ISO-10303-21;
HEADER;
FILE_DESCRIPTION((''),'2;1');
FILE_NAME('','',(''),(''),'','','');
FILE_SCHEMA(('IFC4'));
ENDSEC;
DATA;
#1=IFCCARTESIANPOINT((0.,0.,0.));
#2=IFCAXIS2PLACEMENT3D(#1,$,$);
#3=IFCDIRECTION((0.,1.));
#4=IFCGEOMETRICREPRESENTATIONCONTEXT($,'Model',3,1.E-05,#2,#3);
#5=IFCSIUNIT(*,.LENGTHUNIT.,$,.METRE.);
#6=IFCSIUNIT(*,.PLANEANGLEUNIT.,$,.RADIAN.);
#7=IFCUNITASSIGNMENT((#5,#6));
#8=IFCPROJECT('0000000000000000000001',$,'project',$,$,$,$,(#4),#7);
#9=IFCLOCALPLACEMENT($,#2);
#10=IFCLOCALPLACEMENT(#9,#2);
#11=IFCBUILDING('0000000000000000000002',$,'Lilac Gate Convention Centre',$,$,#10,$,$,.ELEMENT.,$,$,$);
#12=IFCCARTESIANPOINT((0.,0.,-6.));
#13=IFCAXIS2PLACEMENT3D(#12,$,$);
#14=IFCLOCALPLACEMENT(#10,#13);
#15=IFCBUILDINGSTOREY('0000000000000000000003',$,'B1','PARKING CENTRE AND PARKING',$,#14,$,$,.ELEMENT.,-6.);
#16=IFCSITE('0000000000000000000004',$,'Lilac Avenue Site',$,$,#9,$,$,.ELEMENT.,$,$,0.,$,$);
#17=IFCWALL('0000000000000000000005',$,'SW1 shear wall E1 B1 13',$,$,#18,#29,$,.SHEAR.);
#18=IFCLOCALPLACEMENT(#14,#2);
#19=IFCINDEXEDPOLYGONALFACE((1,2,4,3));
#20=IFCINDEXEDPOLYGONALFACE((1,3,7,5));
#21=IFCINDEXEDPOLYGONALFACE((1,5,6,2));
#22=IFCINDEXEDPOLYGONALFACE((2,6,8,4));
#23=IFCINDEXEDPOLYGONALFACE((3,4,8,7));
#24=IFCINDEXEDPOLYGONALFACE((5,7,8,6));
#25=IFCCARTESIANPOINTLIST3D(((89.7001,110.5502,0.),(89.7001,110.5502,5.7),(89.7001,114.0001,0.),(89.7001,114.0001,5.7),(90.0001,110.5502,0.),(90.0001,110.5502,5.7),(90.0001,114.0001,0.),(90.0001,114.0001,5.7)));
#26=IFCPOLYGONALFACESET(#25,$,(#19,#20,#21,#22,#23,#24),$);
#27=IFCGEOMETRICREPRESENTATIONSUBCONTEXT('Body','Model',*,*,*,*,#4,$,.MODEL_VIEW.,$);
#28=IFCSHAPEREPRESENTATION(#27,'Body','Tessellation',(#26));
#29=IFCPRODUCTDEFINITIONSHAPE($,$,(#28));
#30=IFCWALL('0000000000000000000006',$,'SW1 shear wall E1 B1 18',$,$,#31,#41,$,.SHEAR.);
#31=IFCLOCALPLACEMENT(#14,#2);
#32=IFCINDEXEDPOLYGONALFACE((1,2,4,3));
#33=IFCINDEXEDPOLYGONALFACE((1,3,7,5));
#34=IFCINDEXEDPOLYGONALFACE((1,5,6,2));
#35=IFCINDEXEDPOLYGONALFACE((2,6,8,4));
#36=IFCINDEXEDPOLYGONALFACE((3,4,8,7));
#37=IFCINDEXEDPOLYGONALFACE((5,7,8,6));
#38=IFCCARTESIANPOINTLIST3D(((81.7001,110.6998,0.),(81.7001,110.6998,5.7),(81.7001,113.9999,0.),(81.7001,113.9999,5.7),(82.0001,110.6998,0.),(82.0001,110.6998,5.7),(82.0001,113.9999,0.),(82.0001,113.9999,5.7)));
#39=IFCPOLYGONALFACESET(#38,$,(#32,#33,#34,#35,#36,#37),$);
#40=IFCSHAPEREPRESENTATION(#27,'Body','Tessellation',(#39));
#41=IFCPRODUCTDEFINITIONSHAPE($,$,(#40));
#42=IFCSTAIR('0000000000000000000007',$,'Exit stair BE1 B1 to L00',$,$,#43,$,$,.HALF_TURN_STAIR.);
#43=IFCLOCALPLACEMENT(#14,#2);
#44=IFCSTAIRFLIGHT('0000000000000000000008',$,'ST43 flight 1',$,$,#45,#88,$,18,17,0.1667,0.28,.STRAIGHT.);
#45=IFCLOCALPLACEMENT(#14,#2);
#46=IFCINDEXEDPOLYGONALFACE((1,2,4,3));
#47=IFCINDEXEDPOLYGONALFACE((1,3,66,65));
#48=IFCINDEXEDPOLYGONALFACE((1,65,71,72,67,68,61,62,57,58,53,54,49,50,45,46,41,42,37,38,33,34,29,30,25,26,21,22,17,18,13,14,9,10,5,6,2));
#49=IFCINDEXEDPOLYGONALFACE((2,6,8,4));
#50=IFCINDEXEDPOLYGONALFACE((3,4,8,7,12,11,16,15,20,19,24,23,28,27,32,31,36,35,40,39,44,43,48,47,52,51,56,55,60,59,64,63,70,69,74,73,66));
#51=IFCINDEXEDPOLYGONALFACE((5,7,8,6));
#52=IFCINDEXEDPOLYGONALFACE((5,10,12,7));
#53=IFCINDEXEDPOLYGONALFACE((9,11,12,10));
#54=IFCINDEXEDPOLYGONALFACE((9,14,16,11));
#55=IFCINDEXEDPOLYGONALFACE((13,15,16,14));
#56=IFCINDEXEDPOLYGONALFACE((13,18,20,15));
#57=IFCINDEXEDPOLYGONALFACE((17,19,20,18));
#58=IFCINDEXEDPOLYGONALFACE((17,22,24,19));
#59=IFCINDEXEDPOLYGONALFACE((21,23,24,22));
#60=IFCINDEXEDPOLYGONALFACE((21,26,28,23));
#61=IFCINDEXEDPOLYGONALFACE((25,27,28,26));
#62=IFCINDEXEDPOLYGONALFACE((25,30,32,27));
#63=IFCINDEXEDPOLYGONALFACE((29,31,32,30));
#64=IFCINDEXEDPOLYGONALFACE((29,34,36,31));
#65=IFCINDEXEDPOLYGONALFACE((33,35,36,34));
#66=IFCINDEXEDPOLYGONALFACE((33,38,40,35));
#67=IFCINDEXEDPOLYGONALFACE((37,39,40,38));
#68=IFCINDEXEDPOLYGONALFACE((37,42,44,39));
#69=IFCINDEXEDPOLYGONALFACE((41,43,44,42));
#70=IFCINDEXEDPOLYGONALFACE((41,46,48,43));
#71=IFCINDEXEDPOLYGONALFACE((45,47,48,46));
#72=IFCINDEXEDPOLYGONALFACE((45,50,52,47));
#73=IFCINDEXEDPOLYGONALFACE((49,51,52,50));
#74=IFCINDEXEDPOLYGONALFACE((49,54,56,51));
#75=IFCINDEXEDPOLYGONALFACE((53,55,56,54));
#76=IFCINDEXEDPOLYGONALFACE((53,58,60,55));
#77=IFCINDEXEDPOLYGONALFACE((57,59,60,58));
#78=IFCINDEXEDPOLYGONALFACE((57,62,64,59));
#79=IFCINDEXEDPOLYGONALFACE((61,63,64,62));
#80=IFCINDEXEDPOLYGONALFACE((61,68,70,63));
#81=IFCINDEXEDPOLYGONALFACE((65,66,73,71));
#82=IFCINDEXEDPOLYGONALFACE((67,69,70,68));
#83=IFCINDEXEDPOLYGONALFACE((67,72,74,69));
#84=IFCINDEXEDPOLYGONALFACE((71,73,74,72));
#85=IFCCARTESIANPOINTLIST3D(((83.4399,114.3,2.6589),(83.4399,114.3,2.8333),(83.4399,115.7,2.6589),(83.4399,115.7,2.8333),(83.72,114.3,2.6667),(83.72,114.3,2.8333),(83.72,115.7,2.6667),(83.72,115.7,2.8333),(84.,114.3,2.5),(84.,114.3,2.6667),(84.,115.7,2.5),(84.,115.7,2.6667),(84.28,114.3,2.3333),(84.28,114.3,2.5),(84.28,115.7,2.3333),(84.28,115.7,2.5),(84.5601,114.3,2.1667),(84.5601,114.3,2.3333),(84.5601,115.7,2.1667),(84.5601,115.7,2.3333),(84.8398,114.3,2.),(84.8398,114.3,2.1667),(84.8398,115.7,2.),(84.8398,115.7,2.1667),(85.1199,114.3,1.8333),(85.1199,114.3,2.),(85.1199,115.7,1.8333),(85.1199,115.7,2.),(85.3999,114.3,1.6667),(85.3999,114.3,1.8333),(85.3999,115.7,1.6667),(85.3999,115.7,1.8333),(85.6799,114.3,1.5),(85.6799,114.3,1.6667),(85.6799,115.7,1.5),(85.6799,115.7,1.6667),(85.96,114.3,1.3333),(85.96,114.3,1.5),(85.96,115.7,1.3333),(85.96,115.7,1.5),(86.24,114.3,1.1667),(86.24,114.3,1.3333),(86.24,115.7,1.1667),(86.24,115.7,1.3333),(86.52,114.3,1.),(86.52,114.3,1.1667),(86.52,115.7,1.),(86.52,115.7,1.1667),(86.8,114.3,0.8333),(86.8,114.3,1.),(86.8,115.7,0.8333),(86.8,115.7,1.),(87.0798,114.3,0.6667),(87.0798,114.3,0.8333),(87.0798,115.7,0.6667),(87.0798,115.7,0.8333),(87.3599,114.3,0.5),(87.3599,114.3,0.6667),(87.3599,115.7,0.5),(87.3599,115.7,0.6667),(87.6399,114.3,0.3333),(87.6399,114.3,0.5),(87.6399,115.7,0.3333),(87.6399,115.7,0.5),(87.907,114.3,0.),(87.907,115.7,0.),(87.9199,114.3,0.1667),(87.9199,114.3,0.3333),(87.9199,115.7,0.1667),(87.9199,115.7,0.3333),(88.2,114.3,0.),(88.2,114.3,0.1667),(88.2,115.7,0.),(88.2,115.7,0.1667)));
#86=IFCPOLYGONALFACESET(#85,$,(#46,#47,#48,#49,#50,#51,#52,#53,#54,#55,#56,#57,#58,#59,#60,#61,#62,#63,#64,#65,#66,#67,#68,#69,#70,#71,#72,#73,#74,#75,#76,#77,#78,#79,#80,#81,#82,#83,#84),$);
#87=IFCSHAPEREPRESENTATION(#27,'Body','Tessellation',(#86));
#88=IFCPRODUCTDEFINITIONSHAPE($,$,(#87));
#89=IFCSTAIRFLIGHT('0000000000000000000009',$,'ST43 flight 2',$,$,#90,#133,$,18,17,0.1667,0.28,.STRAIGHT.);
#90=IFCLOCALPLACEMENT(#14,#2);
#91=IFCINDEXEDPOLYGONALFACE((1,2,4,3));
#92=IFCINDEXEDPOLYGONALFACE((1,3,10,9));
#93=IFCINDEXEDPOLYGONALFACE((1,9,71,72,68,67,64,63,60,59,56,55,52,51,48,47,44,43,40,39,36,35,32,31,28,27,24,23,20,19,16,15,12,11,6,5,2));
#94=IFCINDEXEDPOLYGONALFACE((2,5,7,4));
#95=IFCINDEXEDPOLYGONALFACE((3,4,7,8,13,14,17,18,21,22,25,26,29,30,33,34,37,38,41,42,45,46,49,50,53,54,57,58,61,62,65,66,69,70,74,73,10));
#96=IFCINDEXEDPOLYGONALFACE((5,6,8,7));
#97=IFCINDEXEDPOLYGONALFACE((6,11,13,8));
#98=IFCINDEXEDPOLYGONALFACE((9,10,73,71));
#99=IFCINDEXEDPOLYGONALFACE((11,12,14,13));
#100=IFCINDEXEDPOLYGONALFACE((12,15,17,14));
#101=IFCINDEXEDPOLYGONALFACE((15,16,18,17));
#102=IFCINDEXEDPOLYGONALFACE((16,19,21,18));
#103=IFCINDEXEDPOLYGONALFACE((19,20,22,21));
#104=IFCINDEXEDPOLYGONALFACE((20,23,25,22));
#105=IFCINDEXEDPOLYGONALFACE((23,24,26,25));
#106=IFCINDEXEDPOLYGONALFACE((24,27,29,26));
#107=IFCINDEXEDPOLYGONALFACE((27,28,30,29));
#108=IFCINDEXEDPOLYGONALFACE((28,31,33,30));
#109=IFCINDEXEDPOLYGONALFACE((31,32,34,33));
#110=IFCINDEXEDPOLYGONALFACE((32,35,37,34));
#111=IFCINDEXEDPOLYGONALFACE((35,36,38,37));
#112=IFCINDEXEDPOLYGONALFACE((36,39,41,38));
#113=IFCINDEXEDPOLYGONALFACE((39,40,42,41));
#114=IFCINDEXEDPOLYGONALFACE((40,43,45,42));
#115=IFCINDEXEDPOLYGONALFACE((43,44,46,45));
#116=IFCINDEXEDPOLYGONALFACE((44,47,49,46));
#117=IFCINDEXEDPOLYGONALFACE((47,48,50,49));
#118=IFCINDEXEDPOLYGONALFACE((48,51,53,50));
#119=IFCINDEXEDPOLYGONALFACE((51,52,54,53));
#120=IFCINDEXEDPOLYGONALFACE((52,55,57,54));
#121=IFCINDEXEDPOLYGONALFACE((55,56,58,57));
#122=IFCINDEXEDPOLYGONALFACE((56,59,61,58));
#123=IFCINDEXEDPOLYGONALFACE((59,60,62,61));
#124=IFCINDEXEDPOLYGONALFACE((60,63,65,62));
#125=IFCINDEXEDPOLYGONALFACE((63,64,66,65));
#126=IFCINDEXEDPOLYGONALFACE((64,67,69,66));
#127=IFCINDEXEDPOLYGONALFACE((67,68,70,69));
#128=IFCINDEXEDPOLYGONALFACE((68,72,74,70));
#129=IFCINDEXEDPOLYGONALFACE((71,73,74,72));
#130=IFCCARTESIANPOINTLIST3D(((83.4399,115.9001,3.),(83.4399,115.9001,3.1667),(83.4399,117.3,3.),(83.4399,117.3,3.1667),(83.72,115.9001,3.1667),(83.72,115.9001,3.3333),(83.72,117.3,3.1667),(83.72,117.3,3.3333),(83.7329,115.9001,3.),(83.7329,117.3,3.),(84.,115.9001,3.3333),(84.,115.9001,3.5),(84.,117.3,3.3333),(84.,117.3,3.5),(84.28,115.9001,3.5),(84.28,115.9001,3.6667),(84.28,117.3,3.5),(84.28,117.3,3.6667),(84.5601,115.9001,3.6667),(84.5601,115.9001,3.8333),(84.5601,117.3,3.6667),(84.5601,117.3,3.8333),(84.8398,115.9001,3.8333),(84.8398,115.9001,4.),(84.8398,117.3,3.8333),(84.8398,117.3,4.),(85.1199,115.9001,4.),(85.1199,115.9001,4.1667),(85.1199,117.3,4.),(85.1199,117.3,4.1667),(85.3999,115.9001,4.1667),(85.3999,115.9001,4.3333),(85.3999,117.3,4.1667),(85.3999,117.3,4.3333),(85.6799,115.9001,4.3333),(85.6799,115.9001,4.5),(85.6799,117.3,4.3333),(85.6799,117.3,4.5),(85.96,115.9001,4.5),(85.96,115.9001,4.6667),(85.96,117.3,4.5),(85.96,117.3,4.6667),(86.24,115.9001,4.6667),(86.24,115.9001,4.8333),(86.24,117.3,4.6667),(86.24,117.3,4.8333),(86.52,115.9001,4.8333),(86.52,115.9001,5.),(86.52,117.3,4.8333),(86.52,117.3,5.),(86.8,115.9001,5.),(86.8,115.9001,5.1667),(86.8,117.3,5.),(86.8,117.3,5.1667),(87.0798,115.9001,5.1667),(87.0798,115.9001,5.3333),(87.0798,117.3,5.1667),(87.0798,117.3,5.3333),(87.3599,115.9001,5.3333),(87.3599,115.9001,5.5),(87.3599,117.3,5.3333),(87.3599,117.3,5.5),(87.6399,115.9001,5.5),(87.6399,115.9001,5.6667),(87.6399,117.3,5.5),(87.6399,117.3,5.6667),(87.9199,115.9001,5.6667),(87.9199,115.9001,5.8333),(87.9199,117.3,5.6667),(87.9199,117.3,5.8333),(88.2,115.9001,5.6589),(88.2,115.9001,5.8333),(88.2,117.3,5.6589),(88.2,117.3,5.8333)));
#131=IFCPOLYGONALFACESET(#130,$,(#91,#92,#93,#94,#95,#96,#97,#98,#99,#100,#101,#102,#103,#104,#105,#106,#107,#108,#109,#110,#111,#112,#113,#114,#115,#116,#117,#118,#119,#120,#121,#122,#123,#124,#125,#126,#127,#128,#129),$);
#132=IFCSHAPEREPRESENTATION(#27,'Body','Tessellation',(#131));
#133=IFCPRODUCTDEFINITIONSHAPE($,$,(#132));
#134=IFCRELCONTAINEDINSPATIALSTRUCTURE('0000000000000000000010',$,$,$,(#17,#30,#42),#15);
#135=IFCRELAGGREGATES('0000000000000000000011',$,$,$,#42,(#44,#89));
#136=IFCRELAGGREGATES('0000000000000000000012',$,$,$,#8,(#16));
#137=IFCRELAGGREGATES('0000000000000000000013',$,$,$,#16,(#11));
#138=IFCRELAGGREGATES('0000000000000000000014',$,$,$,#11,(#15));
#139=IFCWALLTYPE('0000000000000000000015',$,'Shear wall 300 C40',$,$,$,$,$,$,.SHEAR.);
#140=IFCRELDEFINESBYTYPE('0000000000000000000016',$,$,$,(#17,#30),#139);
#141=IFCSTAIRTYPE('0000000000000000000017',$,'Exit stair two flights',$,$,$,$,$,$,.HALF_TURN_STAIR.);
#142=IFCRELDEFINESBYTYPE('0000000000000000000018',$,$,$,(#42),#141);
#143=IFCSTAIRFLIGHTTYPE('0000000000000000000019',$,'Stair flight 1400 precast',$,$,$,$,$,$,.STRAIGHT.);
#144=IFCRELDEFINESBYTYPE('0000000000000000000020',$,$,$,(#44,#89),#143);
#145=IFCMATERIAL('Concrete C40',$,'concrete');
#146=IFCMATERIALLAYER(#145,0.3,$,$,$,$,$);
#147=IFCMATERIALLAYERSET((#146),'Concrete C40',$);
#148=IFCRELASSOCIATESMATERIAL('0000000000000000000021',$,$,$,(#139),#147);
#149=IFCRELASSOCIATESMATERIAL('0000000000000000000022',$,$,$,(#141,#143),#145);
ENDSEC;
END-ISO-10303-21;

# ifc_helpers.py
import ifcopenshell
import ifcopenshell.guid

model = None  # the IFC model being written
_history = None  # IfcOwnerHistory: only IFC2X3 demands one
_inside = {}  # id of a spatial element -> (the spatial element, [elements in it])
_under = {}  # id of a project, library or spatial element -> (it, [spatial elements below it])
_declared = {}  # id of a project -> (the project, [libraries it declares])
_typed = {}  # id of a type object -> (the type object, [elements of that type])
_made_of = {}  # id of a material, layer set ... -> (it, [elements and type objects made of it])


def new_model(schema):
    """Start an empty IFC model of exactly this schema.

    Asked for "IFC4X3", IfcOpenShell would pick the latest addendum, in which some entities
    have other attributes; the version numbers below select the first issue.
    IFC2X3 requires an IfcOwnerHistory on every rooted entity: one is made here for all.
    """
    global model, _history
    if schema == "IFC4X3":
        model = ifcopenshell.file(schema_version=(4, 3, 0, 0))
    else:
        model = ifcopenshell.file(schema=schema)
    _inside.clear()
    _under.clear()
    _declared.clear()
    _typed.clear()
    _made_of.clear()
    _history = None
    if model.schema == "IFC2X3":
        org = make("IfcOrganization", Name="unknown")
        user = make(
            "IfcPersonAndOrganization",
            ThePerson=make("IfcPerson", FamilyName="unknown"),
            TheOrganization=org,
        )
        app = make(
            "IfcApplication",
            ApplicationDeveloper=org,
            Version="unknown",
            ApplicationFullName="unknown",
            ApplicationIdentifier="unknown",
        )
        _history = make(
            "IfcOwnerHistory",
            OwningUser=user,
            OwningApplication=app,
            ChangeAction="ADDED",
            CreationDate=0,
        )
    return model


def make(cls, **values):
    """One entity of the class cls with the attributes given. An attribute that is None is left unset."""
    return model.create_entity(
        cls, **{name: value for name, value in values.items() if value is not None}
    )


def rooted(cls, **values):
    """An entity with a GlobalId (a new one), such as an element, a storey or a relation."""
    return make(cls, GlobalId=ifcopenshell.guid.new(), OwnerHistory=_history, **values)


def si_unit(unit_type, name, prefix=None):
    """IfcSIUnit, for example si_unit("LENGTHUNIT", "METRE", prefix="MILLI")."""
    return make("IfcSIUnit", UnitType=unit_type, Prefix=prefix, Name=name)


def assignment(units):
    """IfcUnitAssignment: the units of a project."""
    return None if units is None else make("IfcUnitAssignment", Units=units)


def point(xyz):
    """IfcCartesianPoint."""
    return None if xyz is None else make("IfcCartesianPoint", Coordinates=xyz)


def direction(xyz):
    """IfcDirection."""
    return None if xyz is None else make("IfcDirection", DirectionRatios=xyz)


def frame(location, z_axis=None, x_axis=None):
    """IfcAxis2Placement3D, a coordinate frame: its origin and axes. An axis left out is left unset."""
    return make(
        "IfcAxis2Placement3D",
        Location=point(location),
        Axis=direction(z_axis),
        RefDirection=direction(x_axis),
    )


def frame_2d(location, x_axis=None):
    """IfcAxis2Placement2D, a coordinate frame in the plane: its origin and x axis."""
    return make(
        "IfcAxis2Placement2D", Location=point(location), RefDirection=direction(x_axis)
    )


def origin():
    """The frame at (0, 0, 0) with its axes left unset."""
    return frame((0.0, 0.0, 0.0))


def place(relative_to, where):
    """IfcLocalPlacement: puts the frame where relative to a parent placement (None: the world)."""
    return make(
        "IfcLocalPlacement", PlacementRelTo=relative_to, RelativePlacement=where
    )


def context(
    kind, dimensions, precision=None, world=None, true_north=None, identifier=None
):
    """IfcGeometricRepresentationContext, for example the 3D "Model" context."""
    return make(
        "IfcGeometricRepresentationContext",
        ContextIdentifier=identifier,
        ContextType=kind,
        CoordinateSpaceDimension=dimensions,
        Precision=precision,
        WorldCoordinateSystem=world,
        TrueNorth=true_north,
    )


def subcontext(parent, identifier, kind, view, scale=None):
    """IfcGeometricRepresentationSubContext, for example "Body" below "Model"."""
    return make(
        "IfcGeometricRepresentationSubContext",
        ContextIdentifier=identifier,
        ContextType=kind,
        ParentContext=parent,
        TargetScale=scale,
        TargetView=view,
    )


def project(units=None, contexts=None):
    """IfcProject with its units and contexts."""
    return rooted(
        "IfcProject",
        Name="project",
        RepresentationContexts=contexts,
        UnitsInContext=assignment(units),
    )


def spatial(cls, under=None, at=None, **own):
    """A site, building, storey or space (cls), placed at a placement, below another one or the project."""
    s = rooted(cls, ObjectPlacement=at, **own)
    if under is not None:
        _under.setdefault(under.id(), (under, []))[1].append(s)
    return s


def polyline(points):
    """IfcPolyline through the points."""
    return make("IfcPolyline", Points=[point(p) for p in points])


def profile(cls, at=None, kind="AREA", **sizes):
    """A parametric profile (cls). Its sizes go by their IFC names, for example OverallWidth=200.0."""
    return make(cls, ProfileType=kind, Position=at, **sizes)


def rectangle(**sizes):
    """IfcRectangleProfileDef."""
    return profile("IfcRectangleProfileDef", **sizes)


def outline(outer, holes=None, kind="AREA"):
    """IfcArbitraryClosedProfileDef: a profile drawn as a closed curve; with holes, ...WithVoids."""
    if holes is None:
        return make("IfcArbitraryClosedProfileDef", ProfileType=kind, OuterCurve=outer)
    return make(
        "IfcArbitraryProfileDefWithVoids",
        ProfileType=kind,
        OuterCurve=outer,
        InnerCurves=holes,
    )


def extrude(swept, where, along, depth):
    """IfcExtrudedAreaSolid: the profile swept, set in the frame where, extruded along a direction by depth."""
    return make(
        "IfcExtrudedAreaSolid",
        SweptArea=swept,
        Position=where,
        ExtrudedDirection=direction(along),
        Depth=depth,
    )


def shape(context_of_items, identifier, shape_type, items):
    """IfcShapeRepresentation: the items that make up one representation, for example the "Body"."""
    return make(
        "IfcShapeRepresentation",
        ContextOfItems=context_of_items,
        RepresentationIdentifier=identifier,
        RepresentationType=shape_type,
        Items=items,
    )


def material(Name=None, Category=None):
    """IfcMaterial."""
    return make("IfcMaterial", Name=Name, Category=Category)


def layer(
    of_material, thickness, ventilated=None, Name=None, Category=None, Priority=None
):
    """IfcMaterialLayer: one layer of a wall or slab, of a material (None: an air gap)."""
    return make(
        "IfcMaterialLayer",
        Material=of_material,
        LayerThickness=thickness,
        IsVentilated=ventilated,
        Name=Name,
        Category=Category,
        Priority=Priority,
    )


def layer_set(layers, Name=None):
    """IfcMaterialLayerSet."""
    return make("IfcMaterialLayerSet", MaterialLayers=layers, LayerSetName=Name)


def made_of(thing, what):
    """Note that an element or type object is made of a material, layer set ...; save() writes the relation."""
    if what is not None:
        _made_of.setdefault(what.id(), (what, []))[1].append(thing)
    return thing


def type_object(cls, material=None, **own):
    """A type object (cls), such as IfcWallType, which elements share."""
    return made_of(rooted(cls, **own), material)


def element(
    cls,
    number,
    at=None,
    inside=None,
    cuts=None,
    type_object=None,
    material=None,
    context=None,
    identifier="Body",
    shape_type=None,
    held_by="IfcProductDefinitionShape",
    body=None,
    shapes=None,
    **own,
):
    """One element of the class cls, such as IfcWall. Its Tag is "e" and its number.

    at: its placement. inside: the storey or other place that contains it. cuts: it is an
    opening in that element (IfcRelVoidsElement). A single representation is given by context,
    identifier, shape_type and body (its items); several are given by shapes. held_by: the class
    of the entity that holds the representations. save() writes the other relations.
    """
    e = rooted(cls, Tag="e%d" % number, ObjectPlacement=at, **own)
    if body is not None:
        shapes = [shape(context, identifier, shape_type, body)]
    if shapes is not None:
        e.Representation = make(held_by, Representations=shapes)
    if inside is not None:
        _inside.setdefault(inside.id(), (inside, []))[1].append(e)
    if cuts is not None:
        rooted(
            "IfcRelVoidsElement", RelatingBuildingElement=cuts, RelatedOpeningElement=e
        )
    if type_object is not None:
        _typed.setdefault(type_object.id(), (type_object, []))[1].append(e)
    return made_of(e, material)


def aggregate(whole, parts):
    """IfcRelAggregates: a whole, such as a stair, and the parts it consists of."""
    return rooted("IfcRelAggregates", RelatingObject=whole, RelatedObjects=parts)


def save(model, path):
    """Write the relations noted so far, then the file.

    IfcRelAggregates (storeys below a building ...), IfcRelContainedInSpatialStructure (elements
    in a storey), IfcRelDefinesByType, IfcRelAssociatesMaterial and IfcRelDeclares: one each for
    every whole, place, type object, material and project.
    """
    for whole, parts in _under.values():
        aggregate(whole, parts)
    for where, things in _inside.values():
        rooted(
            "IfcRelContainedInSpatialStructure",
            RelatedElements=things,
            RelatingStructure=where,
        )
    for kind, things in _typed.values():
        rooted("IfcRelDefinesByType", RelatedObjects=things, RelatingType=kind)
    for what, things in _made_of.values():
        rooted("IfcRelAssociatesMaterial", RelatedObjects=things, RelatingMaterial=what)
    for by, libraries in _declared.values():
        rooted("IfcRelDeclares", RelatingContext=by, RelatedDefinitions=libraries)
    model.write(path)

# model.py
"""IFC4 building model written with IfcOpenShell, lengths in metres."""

from ifc_helpers import new_model, si_unit, direction, frame, frame_2d, origin, place, context, subcontext, project, spatial, polyline, rectangle, outline, extrude, material, layer, layer_set, type_object, element, aggregate, save


model = new_model("IFC4")

# Units and contexts
model_context = context("Model", 3, precision=1e-05, world=origin(), true_north=direction((0.0, 1.0)))
body_context = subcontext(model_context, "Body", "Model", "MODEL_VIEW")
ifc_project = project(units=[si_unit("LENGTHUNIT", "METRE"), si_unit("PLANEANGLEUNIT", "RADIAN")], contexts=[model_context])

# Site, building, storey
site_placement = place(None, origin())
site = spatial("IfcSite", under=ifc_project, at=site_placement, Name="Lilac Avenue Site", CompositionType="ELEMENT", RefElevation=0.0)
building_placement = place(site_placement, origin())
building = spatial("IfcBuilding", under=site, at=building_placement, Name="Lilac Gate Convention Centre", CompositionType="ELEMENT")
storey_placement = place(building_placement, frame((0.0, 0.0, -6.0)))
storey = spatial("IfcBuildingStorey", under=building, at=storey_placement, Name="B1", Description="PARKING CENTRE AND PARKING", CompositionType="ELEMENT", Elevation=-6.0)

# Shared definitions
ifc_material_1 = material(Name="Concrete C40", Category="concrete")
ifc_layer_1 = layer(ifc_material_1, 0.3)
ifc_layer_set_1 = layer_set([ifc_layer_1], Name="Concrete C40")
wall_type_1 = type_object("IfcWallType", Name="Shear wall 300 C40", PredefinedType="SHEAR", material=ifc_layer_set_1)

# Walls
wall_1_placement = place(storey_placement, frame((89.8501, 110.55, 0.0), z_axis=(0.0, 0.0, 1.0), x_axis=(0.0, 1.0, 0.0)))
element("IfcWall", 1, at=wall_1_placement, inside=storey, type_object=wall_type_1, Name="SW1 shear wall E1 B1 13", PredefinedType="SHEAR", context=body_context, shape_type="SweptSolid", body=[
    extrude(rectangle(XDim=3.45, YDim=0.3, at=frame_2d((1.7251, 0.0))), origin(), (0.0, 0.0, 1.0), 5.7),
])
wall_2_placement = place(storey_placement, frame((81.8501, 110.7, 0.0), z_axis=(0.0, 0.0, 1.0), x_axis=(0.0, 1.0, 0.0)))
element("IfcWall", 2, at=wall_2_placement, inside=storey, type_object=wall_type_1, Name="SW1 shear wall E1 B1 18", PredefinedType="SHEAR", context=body_context, shape_type="SweptSolid", body=[
    extrude(rectangle(XDim=3.3, YDim=0.3, at=frame_2d((1.6499, 0.0))), origin(), (0.0, 0.0, 1.0), 5.7),
])

# Stair, stair flights
stair_type = type_object("IfcStairType", Name="Exit stair two flights", PredefinedType="HALF_TURN_STAIR", material=ifc_material_1)
stair_placement = place(storey_placement, origin())
stair = element("IfcStair", 3, at=stair_placement, inside=storey, type_object=stair_type, Name="Exit stair BE1 B1 to L00", PredefinedType="HALF_TURN_STAIR")
stair_flight_type = type_object("IfcStairFlightType", Name="Stair flight 1400 precast", PredefinedType="STRAIGHT", material=ifc_material_1)
stair_flight_1_placement = place(storey_placement, frame((88.2, 115.0, 0.0), z_axis=(0.0, 0.0, 1.0), x_axis=(-1.0, 0.0, 0.0)))
stair_flight_1 = element("IfcStairFlight", 4, at=stair_flight_1_placement, type_object=stair_flight_type, Name="ST43 flight 1", NumberOfRisers=18, NumberOfTreads=17, PredefinedType="STRAIGHT", RiserHeight=0.1667, TreadLength=0.28, context=body_context, shape_type="SweptSolid", body=[
    extrude(outline(polyline([(0.0, 0.0), (0.0, 0.1667), (0.28, 0.1667), (0.28, 0.3333), (0.5601, 0.3333), (0.5601, 0.5), (0.8401, 0.5), (0.8401, 0.6667), (1.1201, 0.6667), (1.1201, 0.8333), (1.3999, 0.8333), (1.3999, 1.0), (1.6799, 1.0), (1.6799, 1.1667), (1.96, 1.1667), (1.96, 1.3333), (2.24, 1.3333), (2.24, 1.5), (2.52, 1.5), (2.52, 1.6667), (2.8, 1.6667), (2.8, 1.8333), (3.0801, 1.8333), (3.0801, 2.0), (3.3601, 2.0), (3.3601, 2.1667), (3.6399, 2.1667), (3.6399, 2.3333), (3.9199, 2.3333), (3.9199, 2.5), (4.2, 2.5), (4.2, 2.6667), (4.48, 2.6667), (4.48, 2.8333), (4.76, 2.8333), (4.76, 3.0), (4.76, 2.6589), (0.293, 0.0), (0.0, 0.0)])), frame((0.0, 0.7, 0.0), z_axis=(0.0, -1.0, 0.0), x_axis=(1.0, 0.0, 0.0)), (0.0, 0.0, 1.0), 1.3999),
])
stair_flight_2_placement = place(storey_placement, frame((83.4399, 116.6001, 3.0), z_axis=(0.0, 0.0, 1.0), x_axis=(1.0, 0.0, 0.0)))
stair_flight_2 = element("IfcStairFlight", 5, at=stair_flight_2_placement, type_object=stair_flight_type, Name="ST43 flight 2", NumberOfRisers=18, NumberOfTreads=17, PredefinedType="STRAIGHT", RiserHeight=0.1667, TreadLength=0.28, context=body_context, shape_type="SweptSolid", body=[
    extrude(outline(polyline([(0.0, 0.0), (0.0, 0.1667), (0.28, 0.1667), (0.28, 0.3333), (0.5601, 0.3333), (0.5601, 0.5), (0.8401, 0.5), (0.8401, 0.6667), (1.1201, 0.6667), (1.1201, 0.8333), (1.3999, 0.8333), (1.3999, 1.0), (1.6799, 1.0), (1.6799, 1.1667), (1.96, 1.1667), (1.96, 1.3333), (2.24, 1.3333), (2.24, 1.5), (2.52, 1.5), (2.52, 1.6667), (2.8, 1.6667), (2.8, 1.8333), (3.0801, 1.8333), (3.0801, 2.0), (3.3601, 2.0), (3.3601, 2.1667), (3.6399, 2.1667), (3.6399, 2.3333), (3.9199, 2.3333), (3.9199, 2.5), (4.2, 2.5), (4.2, 2.6667), (4.48, 2.6667), (4.48, 2.8333), (4.76, 2.8333), (4.76, 3.0), (4.76, 2.6589), (0.293, 0.0), (0.0, 0.0)])), frame((0.0, 0.7, 0.0), z_axis=(0.0, -1.0, 0.0), x_axis=(1.0, 0.0, 0.0)), (0.0, 0.0, 1.0), 1.3999),
])
aggregate(stair, [stair_flight_1, stair_flight_2])

save(model, "model.ifc")
